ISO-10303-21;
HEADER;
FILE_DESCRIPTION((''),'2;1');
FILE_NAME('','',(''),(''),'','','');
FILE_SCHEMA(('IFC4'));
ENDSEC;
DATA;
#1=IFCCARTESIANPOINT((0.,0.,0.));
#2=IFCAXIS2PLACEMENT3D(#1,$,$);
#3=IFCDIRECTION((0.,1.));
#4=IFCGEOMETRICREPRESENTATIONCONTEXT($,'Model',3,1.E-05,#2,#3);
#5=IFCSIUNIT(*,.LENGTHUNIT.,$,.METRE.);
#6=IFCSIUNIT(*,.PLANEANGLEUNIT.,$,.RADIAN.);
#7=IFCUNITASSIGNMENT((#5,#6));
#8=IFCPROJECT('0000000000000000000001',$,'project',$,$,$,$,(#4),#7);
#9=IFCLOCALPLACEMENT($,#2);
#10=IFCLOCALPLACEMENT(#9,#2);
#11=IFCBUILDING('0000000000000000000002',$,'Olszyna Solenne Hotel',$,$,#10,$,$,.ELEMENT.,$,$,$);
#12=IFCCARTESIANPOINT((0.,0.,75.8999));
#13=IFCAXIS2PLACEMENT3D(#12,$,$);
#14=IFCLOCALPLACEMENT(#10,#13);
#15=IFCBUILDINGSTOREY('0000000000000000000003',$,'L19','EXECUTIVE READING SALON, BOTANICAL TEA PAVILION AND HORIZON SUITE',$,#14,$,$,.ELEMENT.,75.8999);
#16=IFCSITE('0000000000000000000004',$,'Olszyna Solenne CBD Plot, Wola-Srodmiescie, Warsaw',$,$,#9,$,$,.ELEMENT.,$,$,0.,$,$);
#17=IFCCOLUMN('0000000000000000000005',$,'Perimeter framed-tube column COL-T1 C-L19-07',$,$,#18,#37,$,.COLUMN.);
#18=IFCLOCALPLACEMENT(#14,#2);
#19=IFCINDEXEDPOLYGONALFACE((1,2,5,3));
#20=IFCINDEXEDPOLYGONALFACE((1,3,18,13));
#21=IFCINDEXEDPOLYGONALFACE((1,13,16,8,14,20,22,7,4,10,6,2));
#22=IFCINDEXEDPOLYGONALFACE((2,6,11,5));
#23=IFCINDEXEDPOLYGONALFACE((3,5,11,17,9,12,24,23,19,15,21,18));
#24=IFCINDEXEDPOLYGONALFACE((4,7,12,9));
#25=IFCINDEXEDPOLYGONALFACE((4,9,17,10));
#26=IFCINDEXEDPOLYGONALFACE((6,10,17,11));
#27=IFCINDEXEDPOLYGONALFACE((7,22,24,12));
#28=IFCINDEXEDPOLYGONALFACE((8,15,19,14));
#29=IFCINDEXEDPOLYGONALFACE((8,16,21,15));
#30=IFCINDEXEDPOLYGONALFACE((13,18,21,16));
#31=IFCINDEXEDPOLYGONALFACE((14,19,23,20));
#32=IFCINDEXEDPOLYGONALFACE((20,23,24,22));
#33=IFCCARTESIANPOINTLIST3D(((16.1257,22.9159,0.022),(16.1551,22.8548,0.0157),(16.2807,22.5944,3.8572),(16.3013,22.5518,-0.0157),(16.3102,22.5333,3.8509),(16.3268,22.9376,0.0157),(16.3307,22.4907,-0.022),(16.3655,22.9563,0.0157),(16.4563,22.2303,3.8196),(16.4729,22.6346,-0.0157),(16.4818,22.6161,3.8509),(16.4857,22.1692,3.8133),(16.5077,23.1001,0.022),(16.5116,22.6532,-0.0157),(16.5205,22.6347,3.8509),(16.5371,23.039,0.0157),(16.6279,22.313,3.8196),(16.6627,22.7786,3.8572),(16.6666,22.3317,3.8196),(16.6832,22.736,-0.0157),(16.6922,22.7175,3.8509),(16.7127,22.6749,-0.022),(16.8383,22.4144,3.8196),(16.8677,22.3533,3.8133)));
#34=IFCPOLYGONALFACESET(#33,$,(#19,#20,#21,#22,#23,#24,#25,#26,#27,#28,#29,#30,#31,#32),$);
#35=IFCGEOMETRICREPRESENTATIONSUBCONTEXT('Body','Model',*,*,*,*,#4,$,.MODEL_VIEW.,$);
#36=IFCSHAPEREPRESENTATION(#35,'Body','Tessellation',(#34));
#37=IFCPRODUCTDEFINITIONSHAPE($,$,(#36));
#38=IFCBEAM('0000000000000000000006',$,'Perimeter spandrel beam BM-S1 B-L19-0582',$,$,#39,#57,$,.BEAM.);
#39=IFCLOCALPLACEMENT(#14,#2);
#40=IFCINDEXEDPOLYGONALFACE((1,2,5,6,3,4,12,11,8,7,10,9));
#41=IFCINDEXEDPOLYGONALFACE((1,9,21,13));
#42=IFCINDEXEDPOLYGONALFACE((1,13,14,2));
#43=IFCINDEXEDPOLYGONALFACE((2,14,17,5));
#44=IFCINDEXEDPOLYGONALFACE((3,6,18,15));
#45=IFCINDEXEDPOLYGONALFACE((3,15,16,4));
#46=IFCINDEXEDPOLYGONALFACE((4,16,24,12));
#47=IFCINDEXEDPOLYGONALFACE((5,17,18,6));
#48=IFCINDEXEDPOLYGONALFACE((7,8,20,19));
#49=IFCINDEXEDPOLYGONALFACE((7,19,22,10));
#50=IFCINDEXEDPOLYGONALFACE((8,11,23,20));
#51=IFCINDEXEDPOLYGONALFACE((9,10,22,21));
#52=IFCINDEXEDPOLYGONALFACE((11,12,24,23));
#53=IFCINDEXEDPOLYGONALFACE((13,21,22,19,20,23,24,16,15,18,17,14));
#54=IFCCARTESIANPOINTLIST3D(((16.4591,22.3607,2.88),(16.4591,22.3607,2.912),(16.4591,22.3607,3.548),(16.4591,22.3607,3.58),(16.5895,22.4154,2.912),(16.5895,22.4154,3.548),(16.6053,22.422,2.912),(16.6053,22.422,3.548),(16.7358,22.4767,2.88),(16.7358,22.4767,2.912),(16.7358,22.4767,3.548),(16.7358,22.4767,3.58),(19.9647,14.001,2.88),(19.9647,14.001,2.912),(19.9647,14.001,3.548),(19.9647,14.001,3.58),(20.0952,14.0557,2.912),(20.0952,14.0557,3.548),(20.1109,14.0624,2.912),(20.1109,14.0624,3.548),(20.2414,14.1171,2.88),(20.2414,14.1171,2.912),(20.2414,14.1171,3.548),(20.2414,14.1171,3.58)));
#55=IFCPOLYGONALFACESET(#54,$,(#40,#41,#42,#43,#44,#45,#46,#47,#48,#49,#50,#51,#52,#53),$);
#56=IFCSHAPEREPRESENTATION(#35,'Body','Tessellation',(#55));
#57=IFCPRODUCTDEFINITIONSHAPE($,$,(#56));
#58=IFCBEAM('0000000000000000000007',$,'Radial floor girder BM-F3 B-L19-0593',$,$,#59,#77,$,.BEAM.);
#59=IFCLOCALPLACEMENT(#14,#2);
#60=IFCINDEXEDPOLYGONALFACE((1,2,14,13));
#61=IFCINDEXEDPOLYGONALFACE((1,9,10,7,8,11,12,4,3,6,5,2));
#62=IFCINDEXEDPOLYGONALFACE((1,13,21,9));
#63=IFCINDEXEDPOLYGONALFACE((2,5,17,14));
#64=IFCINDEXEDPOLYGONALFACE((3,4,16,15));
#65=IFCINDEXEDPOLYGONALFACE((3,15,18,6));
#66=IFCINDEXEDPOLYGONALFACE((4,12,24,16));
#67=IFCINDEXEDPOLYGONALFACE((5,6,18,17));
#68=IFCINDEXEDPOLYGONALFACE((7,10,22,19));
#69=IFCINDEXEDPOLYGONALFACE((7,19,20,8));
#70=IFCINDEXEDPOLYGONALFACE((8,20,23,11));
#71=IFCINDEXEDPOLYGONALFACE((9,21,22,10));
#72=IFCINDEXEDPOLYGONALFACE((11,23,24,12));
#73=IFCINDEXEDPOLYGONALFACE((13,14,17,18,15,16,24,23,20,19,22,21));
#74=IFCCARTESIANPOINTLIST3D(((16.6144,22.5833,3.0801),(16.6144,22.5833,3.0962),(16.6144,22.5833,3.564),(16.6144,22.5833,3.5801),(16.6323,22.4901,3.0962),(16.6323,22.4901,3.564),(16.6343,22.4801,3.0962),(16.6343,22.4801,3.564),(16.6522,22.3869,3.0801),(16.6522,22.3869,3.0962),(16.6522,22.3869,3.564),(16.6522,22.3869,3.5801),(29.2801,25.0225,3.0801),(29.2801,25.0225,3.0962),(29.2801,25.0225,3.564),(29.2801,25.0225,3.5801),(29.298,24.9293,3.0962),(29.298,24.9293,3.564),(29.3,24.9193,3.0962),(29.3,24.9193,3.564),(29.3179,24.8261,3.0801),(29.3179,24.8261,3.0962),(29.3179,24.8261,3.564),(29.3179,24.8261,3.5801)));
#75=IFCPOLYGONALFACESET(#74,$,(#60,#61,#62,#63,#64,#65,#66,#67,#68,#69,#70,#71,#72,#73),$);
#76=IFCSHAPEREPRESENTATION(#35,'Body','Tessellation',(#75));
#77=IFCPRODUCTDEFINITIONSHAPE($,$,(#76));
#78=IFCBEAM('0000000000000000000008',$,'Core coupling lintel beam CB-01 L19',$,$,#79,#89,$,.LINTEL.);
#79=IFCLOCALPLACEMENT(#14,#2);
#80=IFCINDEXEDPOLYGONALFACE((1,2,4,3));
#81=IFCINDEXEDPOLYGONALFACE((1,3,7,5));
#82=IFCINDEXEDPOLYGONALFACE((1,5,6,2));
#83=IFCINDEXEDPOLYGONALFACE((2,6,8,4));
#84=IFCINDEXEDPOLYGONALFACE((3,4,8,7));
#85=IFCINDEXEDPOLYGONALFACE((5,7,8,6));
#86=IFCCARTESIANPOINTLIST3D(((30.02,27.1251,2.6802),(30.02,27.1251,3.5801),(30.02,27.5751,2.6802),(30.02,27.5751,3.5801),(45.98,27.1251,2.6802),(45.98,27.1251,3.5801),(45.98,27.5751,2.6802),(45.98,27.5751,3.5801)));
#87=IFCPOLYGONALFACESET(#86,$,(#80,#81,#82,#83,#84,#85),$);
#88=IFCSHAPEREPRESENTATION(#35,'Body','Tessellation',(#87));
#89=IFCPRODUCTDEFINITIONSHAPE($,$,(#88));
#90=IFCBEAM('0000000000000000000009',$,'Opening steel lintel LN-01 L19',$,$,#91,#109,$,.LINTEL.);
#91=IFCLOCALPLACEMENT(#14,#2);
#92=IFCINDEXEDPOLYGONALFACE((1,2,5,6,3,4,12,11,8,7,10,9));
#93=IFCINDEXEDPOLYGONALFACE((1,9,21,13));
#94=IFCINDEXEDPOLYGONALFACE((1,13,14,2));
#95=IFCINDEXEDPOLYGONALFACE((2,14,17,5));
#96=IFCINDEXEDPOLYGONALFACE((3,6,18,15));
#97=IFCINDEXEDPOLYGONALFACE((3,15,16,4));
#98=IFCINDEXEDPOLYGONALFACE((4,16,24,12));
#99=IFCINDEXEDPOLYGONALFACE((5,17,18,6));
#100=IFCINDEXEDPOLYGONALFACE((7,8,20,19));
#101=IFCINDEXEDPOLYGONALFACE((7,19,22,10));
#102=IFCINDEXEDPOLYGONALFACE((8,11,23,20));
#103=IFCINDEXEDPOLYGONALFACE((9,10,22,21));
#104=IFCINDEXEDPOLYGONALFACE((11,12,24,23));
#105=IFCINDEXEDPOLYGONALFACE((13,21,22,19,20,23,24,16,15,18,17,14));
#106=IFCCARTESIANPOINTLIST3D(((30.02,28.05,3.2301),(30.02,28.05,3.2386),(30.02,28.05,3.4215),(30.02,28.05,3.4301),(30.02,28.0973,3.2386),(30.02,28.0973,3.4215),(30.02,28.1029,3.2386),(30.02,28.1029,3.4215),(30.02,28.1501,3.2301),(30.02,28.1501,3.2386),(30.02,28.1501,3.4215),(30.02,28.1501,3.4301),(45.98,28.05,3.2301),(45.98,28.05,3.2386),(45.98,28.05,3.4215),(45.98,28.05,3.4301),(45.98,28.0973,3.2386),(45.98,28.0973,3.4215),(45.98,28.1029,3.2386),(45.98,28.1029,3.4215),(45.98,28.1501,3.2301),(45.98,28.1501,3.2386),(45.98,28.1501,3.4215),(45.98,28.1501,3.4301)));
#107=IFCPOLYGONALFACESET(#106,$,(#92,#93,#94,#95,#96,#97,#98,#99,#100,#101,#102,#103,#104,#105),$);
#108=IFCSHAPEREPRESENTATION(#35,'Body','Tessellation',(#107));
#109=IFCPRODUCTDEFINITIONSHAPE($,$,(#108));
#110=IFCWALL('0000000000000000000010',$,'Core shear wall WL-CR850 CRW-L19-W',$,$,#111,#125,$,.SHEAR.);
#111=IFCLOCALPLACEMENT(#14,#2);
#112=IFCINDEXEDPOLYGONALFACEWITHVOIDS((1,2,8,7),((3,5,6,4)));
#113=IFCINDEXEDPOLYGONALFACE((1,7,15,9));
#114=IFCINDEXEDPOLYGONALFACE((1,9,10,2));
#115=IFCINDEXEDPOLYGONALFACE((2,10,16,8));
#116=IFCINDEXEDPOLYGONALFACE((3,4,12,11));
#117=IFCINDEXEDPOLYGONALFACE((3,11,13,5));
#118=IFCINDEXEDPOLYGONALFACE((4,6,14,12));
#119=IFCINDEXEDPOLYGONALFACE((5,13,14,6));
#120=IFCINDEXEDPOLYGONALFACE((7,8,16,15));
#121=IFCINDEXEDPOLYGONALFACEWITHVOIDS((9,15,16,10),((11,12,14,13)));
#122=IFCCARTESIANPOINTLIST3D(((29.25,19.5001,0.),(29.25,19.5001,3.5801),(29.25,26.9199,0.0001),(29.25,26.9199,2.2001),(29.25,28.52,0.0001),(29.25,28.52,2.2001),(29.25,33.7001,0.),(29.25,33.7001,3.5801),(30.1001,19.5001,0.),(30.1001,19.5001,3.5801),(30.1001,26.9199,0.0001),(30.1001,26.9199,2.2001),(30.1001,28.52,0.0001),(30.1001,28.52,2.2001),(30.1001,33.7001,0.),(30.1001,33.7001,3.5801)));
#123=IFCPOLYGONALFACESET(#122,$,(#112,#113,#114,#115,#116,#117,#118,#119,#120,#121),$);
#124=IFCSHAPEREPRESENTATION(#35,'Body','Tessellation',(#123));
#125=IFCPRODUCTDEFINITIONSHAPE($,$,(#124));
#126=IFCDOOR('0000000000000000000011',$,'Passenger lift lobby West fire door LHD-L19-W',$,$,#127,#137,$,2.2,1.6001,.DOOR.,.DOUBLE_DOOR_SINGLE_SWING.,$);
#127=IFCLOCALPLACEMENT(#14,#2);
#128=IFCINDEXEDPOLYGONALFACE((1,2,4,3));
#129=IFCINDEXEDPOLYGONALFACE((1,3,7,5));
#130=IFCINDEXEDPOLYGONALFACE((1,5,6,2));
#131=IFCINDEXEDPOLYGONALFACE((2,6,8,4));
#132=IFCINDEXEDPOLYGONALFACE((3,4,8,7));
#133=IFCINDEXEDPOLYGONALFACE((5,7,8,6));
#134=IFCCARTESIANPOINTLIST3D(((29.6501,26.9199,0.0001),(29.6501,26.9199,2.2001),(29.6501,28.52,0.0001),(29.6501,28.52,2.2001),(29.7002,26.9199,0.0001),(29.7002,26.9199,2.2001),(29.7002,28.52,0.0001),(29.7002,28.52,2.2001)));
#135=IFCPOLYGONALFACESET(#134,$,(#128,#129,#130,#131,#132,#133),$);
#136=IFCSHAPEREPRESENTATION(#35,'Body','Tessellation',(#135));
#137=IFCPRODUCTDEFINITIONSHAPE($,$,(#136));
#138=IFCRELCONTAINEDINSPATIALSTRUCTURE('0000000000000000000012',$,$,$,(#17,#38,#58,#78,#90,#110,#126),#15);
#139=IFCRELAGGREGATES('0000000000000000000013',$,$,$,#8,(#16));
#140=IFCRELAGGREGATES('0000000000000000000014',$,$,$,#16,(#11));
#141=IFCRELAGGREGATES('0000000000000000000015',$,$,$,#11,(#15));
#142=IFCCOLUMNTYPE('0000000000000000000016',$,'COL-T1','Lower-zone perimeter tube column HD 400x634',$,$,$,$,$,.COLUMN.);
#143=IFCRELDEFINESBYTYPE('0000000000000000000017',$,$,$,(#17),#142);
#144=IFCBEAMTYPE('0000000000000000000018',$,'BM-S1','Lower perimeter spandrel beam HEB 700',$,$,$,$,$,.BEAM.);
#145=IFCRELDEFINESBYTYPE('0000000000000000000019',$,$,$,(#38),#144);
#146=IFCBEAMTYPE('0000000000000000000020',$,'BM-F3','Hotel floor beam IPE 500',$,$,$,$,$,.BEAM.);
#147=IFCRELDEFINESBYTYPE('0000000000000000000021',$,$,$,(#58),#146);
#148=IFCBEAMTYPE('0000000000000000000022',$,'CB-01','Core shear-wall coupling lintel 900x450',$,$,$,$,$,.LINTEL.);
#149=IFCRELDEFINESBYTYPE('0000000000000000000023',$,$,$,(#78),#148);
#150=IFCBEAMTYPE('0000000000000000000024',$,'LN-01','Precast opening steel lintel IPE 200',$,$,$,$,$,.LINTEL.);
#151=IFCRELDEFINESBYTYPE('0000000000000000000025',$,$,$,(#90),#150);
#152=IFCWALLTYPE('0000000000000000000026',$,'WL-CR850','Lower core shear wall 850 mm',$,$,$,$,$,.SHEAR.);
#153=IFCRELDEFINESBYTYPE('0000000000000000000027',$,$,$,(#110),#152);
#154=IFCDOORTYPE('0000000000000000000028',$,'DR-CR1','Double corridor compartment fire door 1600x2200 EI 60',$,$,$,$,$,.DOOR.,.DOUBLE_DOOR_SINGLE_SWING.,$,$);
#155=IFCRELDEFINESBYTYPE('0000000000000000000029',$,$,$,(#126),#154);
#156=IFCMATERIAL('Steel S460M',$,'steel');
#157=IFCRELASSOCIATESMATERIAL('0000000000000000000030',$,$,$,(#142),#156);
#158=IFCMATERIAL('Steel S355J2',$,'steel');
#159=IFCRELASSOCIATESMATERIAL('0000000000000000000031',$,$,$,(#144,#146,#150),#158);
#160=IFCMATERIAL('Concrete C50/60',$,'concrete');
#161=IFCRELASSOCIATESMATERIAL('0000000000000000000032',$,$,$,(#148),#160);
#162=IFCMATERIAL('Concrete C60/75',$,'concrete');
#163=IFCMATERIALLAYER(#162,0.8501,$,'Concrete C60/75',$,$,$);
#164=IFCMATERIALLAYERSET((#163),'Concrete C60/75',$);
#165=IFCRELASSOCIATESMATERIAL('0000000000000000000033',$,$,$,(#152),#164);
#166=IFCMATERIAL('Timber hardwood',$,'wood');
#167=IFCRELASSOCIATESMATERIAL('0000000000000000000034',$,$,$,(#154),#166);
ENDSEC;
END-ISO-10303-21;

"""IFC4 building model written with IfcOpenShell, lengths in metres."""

from ifc_helpers import new_model, si_unit, direction, frame, frame_2d, origin, origin_2d, place, context, subcontext, project, spatial, rectangle, i_section, extrude, source, transform, mapped, material, layer, layer_set, material_profile, profile_set, type_object, type_shapes, element, fill, save


model = new_model("IFC4")

# Units and contexts
model_context = context("Model", 3, precision=1e-05, world=origin(), true_north=direction((0.0, 1.0)))
body_context = subcontext(model_context, "Body", "Model", "MODEL_VIEW")
ifc_project = project(units=[si_unit("LENGTHUNIT", "METRE"), si_unit("PLANEANGLEUNIT", "RADIAN")], contexts=[model_context])

# Site, building, storey
site_placement = place(None, origin())
site = spatial("IfcSite", under=ifc_project, at=site_placement, Name="Olszyna Solenne CBD Plot, Wola-Srodmiescie, Warsaw", CompositionType="ELEMENT", RefElevation=0.0)
building_placement = place(site_placement, origin())
building = spatial("IfcBuilding", under=site, at=building_placement, Name="Olszyna Solenne Hotel", CompositionType="ELEMENT")
storey_placement = place(building_placement, frame((0.0, 0.0, 75.8999)))
storey = spatial("IfcBuildingStorey", under=building, at=storey_placement, Name="L19", Description="EXECUTIVE READING SALON, BOTANICAL TEA PAVILION AND HORIZON SUITE", CompositionType="ELEMENT", Elevation=75.8999)

# Column
ifc_material_1 = material(Name="Steel S460M", Category="steel")
ifc_material_profile_1 = material_profile(ifc_material_1, i_section(OverallWidth=0.4241, OverallDepth=0.4741, WebThickness=0.043, FlangeThickness=0.0681, at=origin_2d()), Name="HD 400x634", Category="load-bearing")
ifc_profile_set_1 = profile_set([ifc_material_profile_1], Name="Steel S460M")
column_type = type_object("IfcColumnType", Name="COL-T1", Description="Lower-zone perimeter tube column HD 400x634", PredefinedType="COLUMN", material=ifc_profile_set_1)
shared_shape_1 = source(origin(), body_context, "Body", "SweptSolid", [
    extrude(i_section(OverallWidth=0.4241, OverallDepth=0.4741, WebThickness=0.043, FlangeThickness=0.0681, at=origin_2d()), origin(), (0.0, 0.0, 1.0), 3.8518),
])
column_placement = place(storey_placement, frame((16.4192, 22.7954, 0.0), z_axis=(0.040249, -0.083477, 0.995697), x_axis=(0.900764, 0.434309, 0.0)))
element("IfcColumn", 1, at=column_placement, inside=storey, type_object=column_type, Name="Perimeter framed-tube column COL-T1 C-L19-07", PredefinedType="COLUMN", context=body_context, shape_type="MappedRepresentation", body=[
    mapped(shared_shape_1, transform((0.0, 0.0, 0.0), x_axis=(1.0, 0.0, 0.0), y_axis=(0.0, 1.0, 0.0), z_axis=(0.0, 0.0, 1.0), scale=1.0)),
])

# Beams
ifc_material_2 = material(Name="Steel S355J2", Category="steel")
ifc_material_profile_2 = material_profile(ifc_material_2, i_section(OverallWidth=0.3, OverallDepth=0.7, WebThickness=0.0171, FlangeThickness=0.032, at=origin_2d()), Name="HEB 700", Category="load-bearing")
ifc_profile_set_2 = profile_set([ifc_material_profile_2], Name="Steel S355J2")
beam_type_1 = type_object("IfcBeamType", Name="BM-S1", Description="Lower perimeter spandrel beam HEB 700", PredefinedType="BEAM", material=ifc_profile_set_2)
shared_shape_2 = source(origin(), body_context, "Body", "SweptSolid", [
    extrude(i_section(OverallWidth=0.3, OverallDepth=0.7, WebThickness=0.0171, FlangeThickness=0.032, at=origin_2d()), origin(), (0.0, 0.0, 1.0), 9.0649),
])
beam_1_placement = place(storey_placement, frame((16.5974, 22.4187, 3.23), z_axis=(0.386724, -0.922196, 0.0), x_axis=(0.922196, 0.386724, 0.0)))
element("IfcBeam", 2, at=beam_1_placement, inside=storey, type_object=beam_type_1, Name="Perimeter spandrel beam BM-S1 B-L19-0582", PredefinedType="BEAM", context=body_context, shape_type="MappedRepresentation", body=[
    mapped(shared_shape_2, transform((0.0, 0.0, 0.0), x_axis=(1.0, 0.0, 0.0), y_axis=(0.0, 1.0, 0.0), z_axis=(0.0, 0.0, 1.0), scale=1.0)),
])
ifc_material_profile_3 = material_profile(ifc_material_2, i_section(OverallWidth=0.2, OverallDepth=0.5, WebThickness=0.0103, FlangeThickness=0.0161, at=origin_2d()), Name="IPE 500", Category="load-bearing")
ifc_profile_set_3 = profile_set([ifc_material_profile_3], Name="Steel S355J2")
beam_type_2 = type_object("IfcBeamType", Name="BM-F3", Description="Hotel floor beam IPE 500", PredefinedType="BEAM", material=ifc_profile_set_3)
shared_shape_3 = source(origin(), body_context, "Body", "SweptSolid", [
    extrude(i_section(OverallWidth=0.2, OverallDepth=0.5, WebThickness=0.0103, FlangeThickness=0.0161, at=origin_2d()), origin(), (0.0, 0.0, 1.0), 12.8984),
])
beam_2_placement = place(storey_placement, frame((16.6333, 22.4851, 3.3301), z_axis=(0.981956, 0.189108, 0.0), x_axis=(-0.189108, 0.981956, 0.0)))
element("IfcBeam", 3, at=beam_2_placement, inside=storey, type_object=beam_type_2, Name="Radial floor girder BM-F3 B-L19-0593", PredefinedType="BEAM", context=body_context, shape_type="MappedRepresentation", body=[
    mapped(shared_shape_3, transform((0.0, 0.0, 0.0), x_axis=(1.0, 0.0, 0.0), y_axis=(0.0, 1.0, 0.0), z_axis=(0.0, 0.0, 1.0), scale=1.0)),
])
ifc_material_3 = material(Name="Concrete C50/60", Category="concrete")
ifc_material_profile_4 = material_profile(ifc_material_3, rectangle(XDim=0.45, YDim=0.8999, at=origin_2d()), Name="RC 900x450", Category="load-bearing")
ifc_profile_set_4 = profile_set([ifc_material_profile_4], Name="Concrete C50/60")
beam_type_3 = type_object("IfcBeamType", Name="CB-01", Description="Core shear-wall coupling lintel 900x450", PredefinedType="LINTEL", material=ifc_profile_set_4)
shared_shape_4 = source(origin(), body_context, "Body", "SweptSolid", [
    extrude(rectangle(XDim=0.45, YDim=0.8999, at=origin_2d()), origin(), (0.0, 0.0, 1.0), 15.96),
])
beam_3_placement = place(storey_placement, frame((30.02, 27.3501, 3.1301), z_axis=(1.0, 0.0, 0.0), x_axis=(0.0, 1.0, 0.0)))
element("IfcBeam", 4, at=beam_3_placement, inside=storey, type_object=beam_type_3, Name="Core coupling lintel beam CB-01 L19", PredefinedType="LINTEL", context=body_context, shape_type="MappedRepresentation", body=[
    mapped(shared_shape_4, transform((0.0, 0.0, 0.0), x_axis=(1.0, 0.0, 0.0), y_axis=(0.0, 1.0, 0.0), z_axis=(0.0, 0.0, 1.0), scale=1.0)),
])
ifc_material_profile_5 = material_profile(ifc_material_2, i_section(OverallWidth=0.1001, OverallDepth=0.2, WebThickness=0.0056, FlangeThickness=0.0085, at=origin_2d()), Name="IPE 200", Category="load-bearing")
ifc_profile_set_5 = profile_set([ifc_material_profile_5], Name="Steel S355J2")
beam_type_4 = type_object("IfcBeamType", Name="LN-01", Description="Precast opening steel lintel IPE 200", PredefinedType="LINTEL", material=ifc_profile_set_5)
shared_shape_5 = source(origin(), body_context, "Body", "SweptSolid", [
    extrude(i_section(OverallWidth=0.1001, OverallDepth=0.2, WebThickness=0.0056, FlangeThickness=0.0085, at=origin_2d()), origin(), (0.0, 0.0, 1.0), 15.96),
])
beam_4_placement = place(storey_placement, frame((30.02, 28.1001, 3.3301), z_axis=(1.0, 0.0, 0.0), x_axis=(0.0, 1.0, 0.0)))
element("IfcBeam", 5, at=beam_4_placement, inside=storey, type_object=beam_type_4, Name="Opening steel lintel LN-01 L19", PredefinedType="LINTEL", context=body_context, shape_type="MappedRepresentation", body=[
    mapped(shared_shape_5, transform((0.0, 0.0, 0.0), x_axis=(1.0, 0.0, 0.0), y_axis=(0.0, 1.0, 0.0), z_axis=(0.0, 0.0, 1.0), scale=1.0)),
])

# Wall, opening, door
ifc_material_4 = material(Name="Concrete C60/75", Category="concrete")
ifc_layer_1 = layer(ifc_material_4, 0.8501, Name="Concrete C60/75")
ifc_layer_set_1 = layer_set([ifc_layer_1], Name="Concrete C60/75")
wall_type_1 = type_object("IfcWallType", Name="WL-CR850", Description="Lower core shear wall 850 mm", PredefinedType="SHEAR", material=ifc_layer_set_1)
wall_1_placement = place(storey_placement, frame((29.675, 19.5, 0.0), z_axis=(0.0, 0.0, 1.0), x_axis=(0.0, 1.0, 0.0)))
wall_1 = element("IfcWall", 6, at=wall_1_placement, inside=storey, type_object=wall_type_1, Name="Core shear wall WL-CR850 CRW-L19-W", PredefinedType="SHEAR", context=body_context, shape_type="SweptSolid", body=[
    extrude(rectangle(XDim=14.2, YDim=0.8501, at=frame_2d((7.1001, 0.0))), origin(), (0.0, 0.0, 1.0), 3.5801),
])
opening_1_placement = place(wall_1_placement, frame((7.4199, 0.0, 0.0)))
opening_1 = element("IfcOpeningElement", 7, at=opening_1_placement, cuts=wall_1, PredefinedType="OPENING", context=body_context, shape_type="SweptSolid", body=[
    extrude(rectangle(XDim=1.6001, YDim=2.2, at=frame_2d((0.8, 1.1001))), frame((0.0, 0.4351, 0.0), z_axis=(0.0, -1.0, 0.0), x_axis=(1.0, 0.0, 0.0)), (0.0, 0.0, 1.0), 0.8701),
])
ifc_material_5 = material(Name="Timber hardwood", Category="wood")
door_type = type_object("IfcDoorType", Name="DR-CR1", Description="Double corridor compartment fire door 1600x2200 EI 60", OperationType="DOUBLE_DOOR_SINGLE_SWING", PredefinedType="DOOR", material=ifc_material_5)
shared_shape_6 = source(origin(), body_context, "Body", "SweptSolid", [
    extrude(rectangle(XDim=1.6001, YDim=2.2, at=frame_2d((0.8, 1.1001))), frame((0.0, 0.0249, 0.0), z_axis=(0.0, -1.0, 0.0), x_axis=(1.0, 0.0, 0.0)), (0.0, 0.0, 1.0), 0.05),
])
type_shapes(door_type, [shared_shape_6])
door_placement = place(opening_1_placement, origin())
door = element("IfcDoor", 8, at=door_placement, inside=storey, type_object=door_type, Name="Passenger lift lobby West fire door LHD-L19-W", OperationType="DOUBLE_DOOR_SINGLE_SWING", OverallHeight=2.2, OverallWidth=1.6001, PredefinedType="DOOR", context=body_context, shape_type="MappedRepresentation", body=[
    mapped(shared_shape_6, transform((0.0, 0.0, 0.0), x_axis=(1.0, 0.0, 0.0), y_axis=(0.0, 1.0, 0.0), z_axis=(0.0, 0.0, 1.0), scale=1.0)),
])
fill(opening_1, door)

save(model, "model.ifc")
